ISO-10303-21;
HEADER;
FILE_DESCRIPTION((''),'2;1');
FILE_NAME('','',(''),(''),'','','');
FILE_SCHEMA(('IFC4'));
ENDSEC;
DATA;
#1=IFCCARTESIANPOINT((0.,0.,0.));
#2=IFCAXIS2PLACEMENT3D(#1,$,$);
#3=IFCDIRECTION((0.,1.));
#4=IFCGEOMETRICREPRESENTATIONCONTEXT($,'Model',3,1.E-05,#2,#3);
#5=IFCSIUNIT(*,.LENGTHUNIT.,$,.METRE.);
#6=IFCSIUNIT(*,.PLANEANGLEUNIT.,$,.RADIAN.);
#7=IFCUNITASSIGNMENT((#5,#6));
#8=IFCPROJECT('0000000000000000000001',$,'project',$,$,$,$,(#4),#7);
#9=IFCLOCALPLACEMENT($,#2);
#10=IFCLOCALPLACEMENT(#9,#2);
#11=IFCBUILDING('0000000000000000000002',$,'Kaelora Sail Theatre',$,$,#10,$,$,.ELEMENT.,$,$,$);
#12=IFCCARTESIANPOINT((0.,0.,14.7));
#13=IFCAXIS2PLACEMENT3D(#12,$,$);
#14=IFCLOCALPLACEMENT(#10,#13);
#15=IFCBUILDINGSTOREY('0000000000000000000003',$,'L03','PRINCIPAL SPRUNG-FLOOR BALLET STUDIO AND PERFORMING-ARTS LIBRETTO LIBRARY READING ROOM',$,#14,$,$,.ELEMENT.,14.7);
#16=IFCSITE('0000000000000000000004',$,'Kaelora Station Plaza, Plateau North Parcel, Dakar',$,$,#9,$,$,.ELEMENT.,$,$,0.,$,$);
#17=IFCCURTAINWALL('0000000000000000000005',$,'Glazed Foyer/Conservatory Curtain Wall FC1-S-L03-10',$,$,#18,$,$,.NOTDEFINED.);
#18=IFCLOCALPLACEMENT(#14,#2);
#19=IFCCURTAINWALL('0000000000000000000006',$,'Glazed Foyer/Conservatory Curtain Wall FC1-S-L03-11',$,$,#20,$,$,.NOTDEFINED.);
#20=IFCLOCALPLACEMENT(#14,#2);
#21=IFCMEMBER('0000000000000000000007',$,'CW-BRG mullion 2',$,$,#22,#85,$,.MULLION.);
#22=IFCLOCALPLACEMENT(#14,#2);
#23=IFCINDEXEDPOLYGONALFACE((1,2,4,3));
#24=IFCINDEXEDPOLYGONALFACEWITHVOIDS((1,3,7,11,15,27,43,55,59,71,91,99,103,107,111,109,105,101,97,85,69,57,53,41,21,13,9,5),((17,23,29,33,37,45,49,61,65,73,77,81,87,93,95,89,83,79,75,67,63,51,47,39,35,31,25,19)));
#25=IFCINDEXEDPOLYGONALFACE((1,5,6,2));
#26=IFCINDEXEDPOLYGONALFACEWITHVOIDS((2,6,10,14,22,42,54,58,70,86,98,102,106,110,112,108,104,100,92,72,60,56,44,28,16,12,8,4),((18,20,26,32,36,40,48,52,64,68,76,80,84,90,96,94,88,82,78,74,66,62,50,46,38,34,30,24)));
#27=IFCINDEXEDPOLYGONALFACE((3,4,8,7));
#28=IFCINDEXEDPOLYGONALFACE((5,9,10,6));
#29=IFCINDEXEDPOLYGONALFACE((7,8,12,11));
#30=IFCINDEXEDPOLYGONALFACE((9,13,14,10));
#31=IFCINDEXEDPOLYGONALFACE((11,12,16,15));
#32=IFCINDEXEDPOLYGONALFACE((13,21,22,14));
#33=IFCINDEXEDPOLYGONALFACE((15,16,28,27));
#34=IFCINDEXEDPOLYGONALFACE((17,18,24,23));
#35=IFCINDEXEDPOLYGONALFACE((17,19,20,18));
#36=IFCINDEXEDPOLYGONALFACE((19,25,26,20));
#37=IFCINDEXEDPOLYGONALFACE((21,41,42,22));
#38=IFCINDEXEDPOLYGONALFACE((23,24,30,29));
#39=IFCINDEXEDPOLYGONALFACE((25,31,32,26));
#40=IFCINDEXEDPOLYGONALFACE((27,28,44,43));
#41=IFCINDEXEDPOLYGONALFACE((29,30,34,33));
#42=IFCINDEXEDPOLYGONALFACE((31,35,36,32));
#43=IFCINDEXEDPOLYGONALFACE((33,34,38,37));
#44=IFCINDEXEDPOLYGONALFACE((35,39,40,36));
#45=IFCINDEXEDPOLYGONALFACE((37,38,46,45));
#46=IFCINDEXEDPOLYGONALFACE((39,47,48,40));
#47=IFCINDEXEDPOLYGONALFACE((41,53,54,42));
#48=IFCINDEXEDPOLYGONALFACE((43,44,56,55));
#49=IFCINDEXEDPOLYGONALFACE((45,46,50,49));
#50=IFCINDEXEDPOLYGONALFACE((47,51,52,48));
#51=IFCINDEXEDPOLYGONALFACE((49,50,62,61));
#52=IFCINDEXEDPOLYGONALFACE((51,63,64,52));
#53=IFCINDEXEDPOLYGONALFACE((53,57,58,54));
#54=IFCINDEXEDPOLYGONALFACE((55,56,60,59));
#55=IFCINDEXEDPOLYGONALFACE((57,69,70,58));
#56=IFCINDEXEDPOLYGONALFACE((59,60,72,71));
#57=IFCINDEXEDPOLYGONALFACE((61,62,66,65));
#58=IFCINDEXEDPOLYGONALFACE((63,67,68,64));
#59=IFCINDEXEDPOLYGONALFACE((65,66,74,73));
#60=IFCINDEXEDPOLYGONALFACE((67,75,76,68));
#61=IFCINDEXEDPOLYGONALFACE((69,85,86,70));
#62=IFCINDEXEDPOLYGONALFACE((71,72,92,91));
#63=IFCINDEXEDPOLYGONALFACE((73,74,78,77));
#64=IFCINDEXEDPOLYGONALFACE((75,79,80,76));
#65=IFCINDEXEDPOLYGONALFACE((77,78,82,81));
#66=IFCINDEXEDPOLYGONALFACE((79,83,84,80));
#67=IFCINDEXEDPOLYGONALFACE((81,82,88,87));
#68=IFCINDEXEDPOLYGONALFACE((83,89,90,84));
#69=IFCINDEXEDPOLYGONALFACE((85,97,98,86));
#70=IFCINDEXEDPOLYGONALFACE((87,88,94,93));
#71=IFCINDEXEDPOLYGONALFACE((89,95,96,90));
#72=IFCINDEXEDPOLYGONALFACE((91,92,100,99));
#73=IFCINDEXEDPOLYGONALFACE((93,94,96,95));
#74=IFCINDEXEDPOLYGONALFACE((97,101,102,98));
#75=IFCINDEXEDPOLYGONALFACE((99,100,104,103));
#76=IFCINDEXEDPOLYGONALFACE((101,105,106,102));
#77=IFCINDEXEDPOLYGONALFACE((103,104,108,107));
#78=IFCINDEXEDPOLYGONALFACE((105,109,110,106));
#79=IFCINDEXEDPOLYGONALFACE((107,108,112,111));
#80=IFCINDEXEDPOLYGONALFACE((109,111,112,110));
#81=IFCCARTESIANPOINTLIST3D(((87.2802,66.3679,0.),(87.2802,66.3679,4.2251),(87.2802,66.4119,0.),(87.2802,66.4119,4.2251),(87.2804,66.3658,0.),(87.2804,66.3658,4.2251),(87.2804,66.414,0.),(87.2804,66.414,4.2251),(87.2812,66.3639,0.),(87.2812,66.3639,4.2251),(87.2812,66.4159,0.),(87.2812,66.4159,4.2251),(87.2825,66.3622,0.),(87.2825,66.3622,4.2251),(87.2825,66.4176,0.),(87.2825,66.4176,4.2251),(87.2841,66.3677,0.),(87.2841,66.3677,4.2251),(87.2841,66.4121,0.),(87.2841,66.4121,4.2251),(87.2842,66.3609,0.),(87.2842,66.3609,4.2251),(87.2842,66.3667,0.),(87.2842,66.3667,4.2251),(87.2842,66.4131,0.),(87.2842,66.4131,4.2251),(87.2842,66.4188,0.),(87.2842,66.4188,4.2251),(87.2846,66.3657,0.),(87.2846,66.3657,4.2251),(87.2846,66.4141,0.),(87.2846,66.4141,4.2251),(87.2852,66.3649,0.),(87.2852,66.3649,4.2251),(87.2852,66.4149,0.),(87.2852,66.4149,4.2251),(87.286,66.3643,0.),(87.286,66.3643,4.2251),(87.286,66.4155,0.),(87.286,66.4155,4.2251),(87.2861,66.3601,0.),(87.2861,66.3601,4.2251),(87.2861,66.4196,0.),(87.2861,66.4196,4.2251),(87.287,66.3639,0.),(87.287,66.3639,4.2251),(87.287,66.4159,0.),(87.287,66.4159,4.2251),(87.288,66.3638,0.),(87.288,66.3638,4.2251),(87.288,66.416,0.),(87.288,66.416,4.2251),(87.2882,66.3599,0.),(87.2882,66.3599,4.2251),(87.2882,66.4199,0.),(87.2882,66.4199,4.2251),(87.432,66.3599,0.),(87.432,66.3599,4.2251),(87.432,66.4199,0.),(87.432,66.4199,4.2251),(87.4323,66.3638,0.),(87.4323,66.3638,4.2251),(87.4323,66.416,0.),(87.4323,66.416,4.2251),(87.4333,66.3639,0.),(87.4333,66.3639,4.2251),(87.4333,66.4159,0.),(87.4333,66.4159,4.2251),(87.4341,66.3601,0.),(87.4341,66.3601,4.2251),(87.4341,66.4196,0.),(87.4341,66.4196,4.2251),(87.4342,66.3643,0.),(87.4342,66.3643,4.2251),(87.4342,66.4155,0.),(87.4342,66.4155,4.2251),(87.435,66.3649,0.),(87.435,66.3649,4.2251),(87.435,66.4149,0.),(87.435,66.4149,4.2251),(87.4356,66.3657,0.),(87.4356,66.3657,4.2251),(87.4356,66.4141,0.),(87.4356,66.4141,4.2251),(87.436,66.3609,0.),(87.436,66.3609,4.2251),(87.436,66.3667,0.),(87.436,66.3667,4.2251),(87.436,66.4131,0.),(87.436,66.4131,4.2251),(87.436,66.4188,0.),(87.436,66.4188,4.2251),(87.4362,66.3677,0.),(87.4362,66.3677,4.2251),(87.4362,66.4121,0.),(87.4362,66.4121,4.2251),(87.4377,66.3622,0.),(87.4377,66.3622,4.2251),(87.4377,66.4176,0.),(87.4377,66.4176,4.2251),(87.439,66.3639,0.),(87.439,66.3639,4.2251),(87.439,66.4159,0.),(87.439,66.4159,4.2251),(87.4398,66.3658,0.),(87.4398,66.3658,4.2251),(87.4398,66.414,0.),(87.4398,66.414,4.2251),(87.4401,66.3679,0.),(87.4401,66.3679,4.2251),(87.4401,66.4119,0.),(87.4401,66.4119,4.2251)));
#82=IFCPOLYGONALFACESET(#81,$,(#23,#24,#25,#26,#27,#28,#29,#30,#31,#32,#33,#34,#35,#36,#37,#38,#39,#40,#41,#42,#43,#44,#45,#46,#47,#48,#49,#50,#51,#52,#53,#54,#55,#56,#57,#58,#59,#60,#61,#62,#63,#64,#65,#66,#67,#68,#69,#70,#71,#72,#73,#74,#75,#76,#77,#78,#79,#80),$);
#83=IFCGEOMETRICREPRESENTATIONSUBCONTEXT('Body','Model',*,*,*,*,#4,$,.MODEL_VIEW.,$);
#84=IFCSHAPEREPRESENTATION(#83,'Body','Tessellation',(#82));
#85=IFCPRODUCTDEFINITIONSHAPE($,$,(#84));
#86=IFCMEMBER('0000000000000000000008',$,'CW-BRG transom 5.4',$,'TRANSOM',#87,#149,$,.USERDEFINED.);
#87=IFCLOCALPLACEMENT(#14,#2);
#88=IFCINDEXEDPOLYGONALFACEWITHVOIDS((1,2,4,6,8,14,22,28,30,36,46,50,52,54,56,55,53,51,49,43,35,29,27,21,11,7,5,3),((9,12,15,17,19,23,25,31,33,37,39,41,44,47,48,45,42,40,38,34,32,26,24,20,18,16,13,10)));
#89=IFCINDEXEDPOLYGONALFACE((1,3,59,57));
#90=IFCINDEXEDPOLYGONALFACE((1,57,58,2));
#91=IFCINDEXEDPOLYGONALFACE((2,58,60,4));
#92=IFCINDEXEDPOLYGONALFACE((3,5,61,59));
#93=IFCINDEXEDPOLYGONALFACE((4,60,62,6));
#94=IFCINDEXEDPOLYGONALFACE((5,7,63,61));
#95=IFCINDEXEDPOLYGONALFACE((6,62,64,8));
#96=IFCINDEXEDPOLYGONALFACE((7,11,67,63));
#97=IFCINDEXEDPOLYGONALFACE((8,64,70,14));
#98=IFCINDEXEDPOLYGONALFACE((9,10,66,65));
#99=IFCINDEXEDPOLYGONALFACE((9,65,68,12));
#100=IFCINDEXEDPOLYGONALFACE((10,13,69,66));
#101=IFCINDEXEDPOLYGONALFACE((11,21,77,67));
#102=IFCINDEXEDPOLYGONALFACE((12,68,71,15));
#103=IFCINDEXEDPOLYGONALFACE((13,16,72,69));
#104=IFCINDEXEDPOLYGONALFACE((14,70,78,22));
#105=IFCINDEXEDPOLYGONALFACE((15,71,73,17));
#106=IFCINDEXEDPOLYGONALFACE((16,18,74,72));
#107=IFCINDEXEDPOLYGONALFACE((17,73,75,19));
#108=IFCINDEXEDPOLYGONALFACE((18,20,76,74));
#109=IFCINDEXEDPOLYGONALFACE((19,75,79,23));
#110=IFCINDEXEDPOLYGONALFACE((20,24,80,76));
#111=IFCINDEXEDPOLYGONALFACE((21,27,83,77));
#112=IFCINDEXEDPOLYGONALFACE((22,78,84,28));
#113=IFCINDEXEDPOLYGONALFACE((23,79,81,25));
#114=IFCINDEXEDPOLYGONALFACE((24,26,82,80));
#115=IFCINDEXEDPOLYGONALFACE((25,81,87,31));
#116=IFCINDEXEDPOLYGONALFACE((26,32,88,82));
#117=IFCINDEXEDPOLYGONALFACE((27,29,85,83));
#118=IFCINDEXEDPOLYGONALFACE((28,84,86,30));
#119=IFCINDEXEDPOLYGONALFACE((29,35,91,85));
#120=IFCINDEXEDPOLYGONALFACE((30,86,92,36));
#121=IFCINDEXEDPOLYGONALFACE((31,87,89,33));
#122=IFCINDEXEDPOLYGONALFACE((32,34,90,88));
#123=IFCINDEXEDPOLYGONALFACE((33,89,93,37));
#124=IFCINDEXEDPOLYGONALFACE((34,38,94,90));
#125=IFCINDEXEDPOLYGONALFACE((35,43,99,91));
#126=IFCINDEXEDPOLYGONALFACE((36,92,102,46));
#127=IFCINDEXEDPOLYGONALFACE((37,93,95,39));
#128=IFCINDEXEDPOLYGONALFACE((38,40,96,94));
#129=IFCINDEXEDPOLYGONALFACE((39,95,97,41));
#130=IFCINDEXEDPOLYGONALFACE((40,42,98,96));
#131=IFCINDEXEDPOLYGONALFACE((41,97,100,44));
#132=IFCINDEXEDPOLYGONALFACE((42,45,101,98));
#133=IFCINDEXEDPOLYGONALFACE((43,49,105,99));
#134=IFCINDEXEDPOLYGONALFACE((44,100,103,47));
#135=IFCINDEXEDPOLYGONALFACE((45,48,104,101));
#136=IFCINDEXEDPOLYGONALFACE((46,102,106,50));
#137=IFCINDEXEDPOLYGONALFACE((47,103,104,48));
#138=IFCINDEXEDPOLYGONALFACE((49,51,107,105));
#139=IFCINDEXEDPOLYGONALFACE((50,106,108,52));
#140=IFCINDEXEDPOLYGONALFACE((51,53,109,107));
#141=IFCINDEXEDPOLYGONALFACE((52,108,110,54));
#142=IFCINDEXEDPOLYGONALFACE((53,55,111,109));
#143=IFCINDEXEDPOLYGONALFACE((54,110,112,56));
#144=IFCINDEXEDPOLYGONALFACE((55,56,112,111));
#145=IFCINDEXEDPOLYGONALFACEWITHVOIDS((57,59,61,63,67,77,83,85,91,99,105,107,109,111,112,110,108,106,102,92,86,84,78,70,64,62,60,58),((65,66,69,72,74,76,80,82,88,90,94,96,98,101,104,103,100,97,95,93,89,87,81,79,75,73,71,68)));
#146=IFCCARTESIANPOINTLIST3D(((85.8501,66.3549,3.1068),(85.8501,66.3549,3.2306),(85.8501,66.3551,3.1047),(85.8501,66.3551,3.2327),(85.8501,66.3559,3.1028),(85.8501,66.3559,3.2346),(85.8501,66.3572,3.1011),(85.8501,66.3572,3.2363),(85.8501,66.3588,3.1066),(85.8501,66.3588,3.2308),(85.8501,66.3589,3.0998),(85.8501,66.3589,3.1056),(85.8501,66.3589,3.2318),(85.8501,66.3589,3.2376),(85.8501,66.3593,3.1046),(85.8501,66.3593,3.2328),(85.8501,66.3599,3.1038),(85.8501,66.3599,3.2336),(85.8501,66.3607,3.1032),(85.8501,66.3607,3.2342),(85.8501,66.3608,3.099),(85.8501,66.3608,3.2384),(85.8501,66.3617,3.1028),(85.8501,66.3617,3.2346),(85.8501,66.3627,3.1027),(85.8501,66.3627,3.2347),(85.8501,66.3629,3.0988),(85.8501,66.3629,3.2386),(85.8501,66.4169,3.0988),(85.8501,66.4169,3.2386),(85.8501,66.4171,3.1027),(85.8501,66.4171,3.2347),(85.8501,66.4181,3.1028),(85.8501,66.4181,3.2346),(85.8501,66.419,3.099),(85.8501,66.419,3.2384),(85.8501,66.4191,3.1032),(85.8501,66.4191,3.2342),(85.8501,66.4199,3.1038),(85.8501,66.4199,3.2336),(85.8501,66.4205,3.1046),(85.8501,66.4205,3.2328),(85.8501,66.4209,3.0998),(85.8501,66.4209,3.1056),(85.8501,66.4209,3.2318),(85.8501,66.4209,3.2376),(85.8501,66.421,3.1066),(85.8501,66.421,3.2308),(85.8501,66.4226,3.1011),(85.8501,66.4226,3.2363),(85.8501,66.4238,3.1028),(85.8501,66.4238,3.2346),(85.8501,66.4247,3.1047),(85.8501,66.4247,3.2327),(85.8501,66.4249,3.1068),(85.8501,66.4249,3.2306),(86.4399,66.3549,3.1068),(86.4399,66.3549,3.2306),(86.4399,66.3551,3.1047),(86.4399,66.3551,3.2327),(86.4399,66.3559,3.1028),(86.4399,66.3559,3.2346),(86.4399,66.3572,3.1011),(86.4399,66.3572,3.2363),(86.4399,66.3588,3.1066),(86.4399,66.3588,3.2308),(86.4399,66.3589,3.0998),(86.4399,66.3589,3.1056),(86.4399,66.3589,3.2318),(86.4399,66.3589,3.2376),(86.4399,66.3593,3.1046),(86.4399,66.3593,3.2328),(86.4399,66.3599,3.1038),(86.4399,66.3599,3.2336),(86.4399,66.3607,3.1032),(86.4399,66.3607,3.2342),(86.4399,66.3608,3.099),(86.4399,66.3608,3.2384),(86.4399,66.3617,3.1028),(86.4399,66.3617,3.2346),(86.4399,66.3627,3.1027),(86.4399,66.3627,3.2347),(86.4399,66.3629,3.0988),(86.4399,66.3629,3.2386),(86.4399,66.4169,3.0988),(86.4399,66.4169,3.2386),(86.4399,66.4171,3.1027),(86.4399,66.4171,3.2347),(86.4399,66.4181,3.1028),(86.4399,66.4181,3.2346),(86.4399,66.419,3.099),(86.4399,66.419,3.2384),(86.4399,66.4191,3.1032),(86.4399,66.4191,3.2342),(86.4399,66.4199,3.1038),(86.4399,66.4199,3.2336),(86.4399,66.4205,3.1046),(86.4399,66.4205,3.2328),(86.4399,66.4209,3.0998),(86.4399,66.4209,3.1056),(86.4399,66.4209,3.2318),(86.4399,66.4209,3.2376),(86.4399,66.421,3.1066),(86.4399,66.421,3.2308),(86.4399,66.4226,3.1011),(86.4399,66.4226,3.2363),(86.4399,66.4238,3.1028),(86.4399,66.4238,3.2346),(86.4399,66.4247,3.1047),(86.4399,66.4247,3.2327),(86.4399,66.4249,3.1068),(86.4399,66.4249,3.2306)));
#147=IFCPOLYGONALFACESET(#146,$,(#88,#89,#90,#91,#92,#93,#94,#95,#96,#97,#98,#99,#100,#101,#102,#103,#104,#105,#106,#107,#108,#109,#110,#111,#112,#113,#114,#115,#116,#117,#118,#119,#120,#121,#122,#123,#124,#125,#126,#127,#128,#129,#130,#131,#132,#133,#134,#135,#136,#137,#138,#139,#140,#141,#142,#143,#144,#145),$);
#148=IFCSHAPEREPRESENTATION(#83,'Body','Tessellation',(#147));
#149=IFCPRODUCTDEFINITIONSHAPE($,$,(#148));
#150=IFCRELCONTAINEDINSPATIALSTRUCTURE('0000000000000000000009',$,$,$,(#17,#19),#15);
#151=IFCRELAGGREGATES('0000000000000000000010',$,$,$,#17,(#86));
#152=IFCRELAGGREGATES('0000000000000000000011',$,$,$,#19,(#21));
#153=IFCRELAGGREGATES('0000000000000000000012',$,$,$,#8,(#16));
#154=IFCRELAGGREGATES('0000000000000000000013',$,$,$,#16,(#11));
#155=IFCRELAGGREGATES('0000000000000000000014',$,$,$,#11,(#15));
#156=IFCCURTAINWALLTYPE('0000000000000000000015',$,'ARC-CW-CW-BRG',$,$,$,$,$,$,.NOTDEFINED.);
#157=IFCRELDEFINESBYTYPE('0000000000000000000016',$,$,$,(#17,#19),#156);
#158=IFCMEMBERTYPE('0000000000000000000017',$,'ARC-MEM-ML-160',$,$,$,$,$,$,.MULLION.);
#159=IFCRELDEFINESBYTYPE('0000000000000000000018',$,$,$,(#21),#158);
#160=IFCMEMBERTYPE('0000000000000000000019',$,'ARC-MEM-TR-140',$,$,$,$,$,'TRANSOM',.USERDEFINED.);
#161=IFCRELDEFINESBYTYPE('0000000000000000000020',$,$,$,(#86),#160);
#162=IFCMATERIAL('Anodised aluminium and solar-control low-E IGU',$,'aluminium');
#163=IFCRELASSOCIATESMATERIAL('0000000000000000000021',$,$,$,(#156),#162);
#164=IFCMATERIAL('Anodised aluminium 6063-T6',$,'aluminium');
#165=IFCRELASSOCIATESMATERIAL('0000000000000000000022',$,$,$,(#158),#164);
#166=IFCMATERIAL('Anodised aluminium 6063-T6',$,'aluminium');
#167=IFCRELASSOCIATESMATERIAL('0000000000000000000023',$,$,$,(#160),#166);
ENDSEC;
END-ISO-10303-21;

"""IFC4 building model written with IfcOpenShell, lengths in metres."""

from ifc_helpers import new_model, si_unit, direction, frame, origin, origin_2d, place, context, subcontext, project, spatial, hollow_rectangle, extrude, material, material_profile, profile_set, type_object, element, aggregate, save


model = new_model("IFC4")

# Units and contexts
model_context = context("Model", 3, precision=1e-05, world=origin(), true_north=direction((0.0, 1.0)))
body_context = subcontext(model_context, "Body", "Model", "MODEL_VIEW")
ifc_project = project(units=[si_unit("LENGTHUNIT", "METRE"), si_unit("PLANEANGLEUNIT", "RADIAN")], contexts=[model_context])

# Site, building, storey
site_placement = place(None, origin())
site = spatial("IfcSite", under=ifc_project, at=site_placement, Name="Kaelora Station Plaza, Plateau North Parcel, Dakar", CompositionType="ELEMENT", RefElevation=0.0)
building_placement = place(site_placement, origin())
building = spatial("IfcBuilding", under=site, at=building_placement, Name="Kaelora Sail Theatre", CompositionType="ELEMENT")
storey_placement = place(building_placement, frame((0.0, 0.0, 14.7)))
storey = spatial("IfcBuildingStorey", under=building, at=storey_placement, Name="L03", Description="PRINCIPAL SPRUNG-FLOOR BALLET STUDIO AND PERFORMING-ARTS LIBRETTO LIBRARY READING ROOM", CompositionType="ELEMENT", Elevation=14.7)

# Curtain wall
ifc_material_1 = material(Name="Anodised aluminium and solar-control low-E IGU", Category="aluminium")
curtain_wall_type = type_object("IfcCurtainWallType", Name="ARC-CW-CW-BRG", PredefinedType="NOTDEFINED", material=ifc_material_1)
curtain_wall_1_placement = place(storey_placement, origin())
curtain_wall_1 = element("IfcCurtainWall", 1, at=curtain_wall_1_placement, inside=storey, type_object=curtain_wall_type, Name="Glazed Foyer/Conservatory Curtain Wall FC1-S-L03-10", PredefinedType="NOTDEFINED")
ifc_material_2 = material(Name="Anodised aluminium 6063-T6", Category="aluminium")
ifc_material_profile_1 = material_profile(ifc_material_2, hollow_rectangle(XDim=0.0601, YDim=0.1599, WallThickness=0.0039, InnerFilletRadius=0.0039, OuterFilletRadius=0.0081, at=origin_2d()), Name="ALU-MULL 60x160x4")
ifc_profile_set_1 = profile_set([ifc_material_profile_1], Name="Anodised aluminium 6063-T6")
member_type_1 = type_object("IfcMemberType", Name="ARC-MEM-ML-160", PredefinedType="MULLION", material=ifc_profile_set_1)

# Curtain wall, member
curtain_wall_2_placement = place(storey_placement, origin())
curtain_wall_2 = element("IfcCurtainWall", 2, at=curtain_wall_2_placement, inside=storey, type_object=curtain_wall_type, Name="Glazed Foyer/Conservatory Curtain Wall FC1-S-L03-11", PredefinedType="NOTDEFINED")
member_1_placement = place(storey_placement, frame((87.3601, 66.3899, 0.0), z_axis=(0.0, 0.0, 1.0), x_axis=(0.0, 1.0, 0.0)))
member_1 = element("IfcMember", 3, at=member_1_placement, type_object=member_type_1, Name="CW-BRG mullion 2", PredefinedType="MULLION", context=body_context, shape_type="SweptSolid", body=[
    extrude(hollow_rectangle(XDim=0.0601, YDim=0.1599, WallThickness=0.0039, InnerFilletRadius=0.0039, OuterFilletRadius=0.0081, at=origin_2d()), origin(), (0.0, 0.0, 1.0), 4.2251),
])

# Member
ifc_material_3 = material(Name="Anodised aluminium 6063-T6", Category="aluminium")
ifc_material_profile_2 = material_profile(ifc_material_3, hollow_rectangle(XDim=0.0701, YDim=0.1399, WallThickness=0.0039, InnerFilletRadius=0.0039, OuterFilletRadius=0.0081, at=origin_2d()), Name="ALU-TRAN 70x140x4")
ifc_profile_set_2 = profile_set([ifc_material_profile_2], Name="Anodised aluminium 6063-T6")
member_type_2 = type_object("IfcMemberType", Name="ARC-MEM-TR-140", ElementType="TRANSOM", PredefinedType="USERDEFINED", material=ifc_profile_set_2)
member_2_placement = place(storey_placement, frame((85.8501, 66.3899, 3.1687), z_axis=(1.0, 0.0, 0.0), x_axis=(0.0, 1.0, 0.0)))
member_2 = element("IfcMember", 4, at=member_2_placement, type_object=member_type_2, Name="CW-BRG transom 5.4", ObjectType="TRANSOM", PredefinedType="USERDEFINED", context=body_context, shape_type="SweptSolid", body=[
    extrude(hollow_rectangle(XDim=0.0701, YDim=0.1399, WallThickness=0.0039, InnerFilletRadius=0.0039, OuterFilletRadius=0.0081, at=origin_2d()), origin(), (0.0, 0.0, 1.0), 0.5898),
])

aggregate(curtain_wall_1, [member_2])
aggregate(curtain_wall_2, [member_1])

save(model, "model.ifc")
